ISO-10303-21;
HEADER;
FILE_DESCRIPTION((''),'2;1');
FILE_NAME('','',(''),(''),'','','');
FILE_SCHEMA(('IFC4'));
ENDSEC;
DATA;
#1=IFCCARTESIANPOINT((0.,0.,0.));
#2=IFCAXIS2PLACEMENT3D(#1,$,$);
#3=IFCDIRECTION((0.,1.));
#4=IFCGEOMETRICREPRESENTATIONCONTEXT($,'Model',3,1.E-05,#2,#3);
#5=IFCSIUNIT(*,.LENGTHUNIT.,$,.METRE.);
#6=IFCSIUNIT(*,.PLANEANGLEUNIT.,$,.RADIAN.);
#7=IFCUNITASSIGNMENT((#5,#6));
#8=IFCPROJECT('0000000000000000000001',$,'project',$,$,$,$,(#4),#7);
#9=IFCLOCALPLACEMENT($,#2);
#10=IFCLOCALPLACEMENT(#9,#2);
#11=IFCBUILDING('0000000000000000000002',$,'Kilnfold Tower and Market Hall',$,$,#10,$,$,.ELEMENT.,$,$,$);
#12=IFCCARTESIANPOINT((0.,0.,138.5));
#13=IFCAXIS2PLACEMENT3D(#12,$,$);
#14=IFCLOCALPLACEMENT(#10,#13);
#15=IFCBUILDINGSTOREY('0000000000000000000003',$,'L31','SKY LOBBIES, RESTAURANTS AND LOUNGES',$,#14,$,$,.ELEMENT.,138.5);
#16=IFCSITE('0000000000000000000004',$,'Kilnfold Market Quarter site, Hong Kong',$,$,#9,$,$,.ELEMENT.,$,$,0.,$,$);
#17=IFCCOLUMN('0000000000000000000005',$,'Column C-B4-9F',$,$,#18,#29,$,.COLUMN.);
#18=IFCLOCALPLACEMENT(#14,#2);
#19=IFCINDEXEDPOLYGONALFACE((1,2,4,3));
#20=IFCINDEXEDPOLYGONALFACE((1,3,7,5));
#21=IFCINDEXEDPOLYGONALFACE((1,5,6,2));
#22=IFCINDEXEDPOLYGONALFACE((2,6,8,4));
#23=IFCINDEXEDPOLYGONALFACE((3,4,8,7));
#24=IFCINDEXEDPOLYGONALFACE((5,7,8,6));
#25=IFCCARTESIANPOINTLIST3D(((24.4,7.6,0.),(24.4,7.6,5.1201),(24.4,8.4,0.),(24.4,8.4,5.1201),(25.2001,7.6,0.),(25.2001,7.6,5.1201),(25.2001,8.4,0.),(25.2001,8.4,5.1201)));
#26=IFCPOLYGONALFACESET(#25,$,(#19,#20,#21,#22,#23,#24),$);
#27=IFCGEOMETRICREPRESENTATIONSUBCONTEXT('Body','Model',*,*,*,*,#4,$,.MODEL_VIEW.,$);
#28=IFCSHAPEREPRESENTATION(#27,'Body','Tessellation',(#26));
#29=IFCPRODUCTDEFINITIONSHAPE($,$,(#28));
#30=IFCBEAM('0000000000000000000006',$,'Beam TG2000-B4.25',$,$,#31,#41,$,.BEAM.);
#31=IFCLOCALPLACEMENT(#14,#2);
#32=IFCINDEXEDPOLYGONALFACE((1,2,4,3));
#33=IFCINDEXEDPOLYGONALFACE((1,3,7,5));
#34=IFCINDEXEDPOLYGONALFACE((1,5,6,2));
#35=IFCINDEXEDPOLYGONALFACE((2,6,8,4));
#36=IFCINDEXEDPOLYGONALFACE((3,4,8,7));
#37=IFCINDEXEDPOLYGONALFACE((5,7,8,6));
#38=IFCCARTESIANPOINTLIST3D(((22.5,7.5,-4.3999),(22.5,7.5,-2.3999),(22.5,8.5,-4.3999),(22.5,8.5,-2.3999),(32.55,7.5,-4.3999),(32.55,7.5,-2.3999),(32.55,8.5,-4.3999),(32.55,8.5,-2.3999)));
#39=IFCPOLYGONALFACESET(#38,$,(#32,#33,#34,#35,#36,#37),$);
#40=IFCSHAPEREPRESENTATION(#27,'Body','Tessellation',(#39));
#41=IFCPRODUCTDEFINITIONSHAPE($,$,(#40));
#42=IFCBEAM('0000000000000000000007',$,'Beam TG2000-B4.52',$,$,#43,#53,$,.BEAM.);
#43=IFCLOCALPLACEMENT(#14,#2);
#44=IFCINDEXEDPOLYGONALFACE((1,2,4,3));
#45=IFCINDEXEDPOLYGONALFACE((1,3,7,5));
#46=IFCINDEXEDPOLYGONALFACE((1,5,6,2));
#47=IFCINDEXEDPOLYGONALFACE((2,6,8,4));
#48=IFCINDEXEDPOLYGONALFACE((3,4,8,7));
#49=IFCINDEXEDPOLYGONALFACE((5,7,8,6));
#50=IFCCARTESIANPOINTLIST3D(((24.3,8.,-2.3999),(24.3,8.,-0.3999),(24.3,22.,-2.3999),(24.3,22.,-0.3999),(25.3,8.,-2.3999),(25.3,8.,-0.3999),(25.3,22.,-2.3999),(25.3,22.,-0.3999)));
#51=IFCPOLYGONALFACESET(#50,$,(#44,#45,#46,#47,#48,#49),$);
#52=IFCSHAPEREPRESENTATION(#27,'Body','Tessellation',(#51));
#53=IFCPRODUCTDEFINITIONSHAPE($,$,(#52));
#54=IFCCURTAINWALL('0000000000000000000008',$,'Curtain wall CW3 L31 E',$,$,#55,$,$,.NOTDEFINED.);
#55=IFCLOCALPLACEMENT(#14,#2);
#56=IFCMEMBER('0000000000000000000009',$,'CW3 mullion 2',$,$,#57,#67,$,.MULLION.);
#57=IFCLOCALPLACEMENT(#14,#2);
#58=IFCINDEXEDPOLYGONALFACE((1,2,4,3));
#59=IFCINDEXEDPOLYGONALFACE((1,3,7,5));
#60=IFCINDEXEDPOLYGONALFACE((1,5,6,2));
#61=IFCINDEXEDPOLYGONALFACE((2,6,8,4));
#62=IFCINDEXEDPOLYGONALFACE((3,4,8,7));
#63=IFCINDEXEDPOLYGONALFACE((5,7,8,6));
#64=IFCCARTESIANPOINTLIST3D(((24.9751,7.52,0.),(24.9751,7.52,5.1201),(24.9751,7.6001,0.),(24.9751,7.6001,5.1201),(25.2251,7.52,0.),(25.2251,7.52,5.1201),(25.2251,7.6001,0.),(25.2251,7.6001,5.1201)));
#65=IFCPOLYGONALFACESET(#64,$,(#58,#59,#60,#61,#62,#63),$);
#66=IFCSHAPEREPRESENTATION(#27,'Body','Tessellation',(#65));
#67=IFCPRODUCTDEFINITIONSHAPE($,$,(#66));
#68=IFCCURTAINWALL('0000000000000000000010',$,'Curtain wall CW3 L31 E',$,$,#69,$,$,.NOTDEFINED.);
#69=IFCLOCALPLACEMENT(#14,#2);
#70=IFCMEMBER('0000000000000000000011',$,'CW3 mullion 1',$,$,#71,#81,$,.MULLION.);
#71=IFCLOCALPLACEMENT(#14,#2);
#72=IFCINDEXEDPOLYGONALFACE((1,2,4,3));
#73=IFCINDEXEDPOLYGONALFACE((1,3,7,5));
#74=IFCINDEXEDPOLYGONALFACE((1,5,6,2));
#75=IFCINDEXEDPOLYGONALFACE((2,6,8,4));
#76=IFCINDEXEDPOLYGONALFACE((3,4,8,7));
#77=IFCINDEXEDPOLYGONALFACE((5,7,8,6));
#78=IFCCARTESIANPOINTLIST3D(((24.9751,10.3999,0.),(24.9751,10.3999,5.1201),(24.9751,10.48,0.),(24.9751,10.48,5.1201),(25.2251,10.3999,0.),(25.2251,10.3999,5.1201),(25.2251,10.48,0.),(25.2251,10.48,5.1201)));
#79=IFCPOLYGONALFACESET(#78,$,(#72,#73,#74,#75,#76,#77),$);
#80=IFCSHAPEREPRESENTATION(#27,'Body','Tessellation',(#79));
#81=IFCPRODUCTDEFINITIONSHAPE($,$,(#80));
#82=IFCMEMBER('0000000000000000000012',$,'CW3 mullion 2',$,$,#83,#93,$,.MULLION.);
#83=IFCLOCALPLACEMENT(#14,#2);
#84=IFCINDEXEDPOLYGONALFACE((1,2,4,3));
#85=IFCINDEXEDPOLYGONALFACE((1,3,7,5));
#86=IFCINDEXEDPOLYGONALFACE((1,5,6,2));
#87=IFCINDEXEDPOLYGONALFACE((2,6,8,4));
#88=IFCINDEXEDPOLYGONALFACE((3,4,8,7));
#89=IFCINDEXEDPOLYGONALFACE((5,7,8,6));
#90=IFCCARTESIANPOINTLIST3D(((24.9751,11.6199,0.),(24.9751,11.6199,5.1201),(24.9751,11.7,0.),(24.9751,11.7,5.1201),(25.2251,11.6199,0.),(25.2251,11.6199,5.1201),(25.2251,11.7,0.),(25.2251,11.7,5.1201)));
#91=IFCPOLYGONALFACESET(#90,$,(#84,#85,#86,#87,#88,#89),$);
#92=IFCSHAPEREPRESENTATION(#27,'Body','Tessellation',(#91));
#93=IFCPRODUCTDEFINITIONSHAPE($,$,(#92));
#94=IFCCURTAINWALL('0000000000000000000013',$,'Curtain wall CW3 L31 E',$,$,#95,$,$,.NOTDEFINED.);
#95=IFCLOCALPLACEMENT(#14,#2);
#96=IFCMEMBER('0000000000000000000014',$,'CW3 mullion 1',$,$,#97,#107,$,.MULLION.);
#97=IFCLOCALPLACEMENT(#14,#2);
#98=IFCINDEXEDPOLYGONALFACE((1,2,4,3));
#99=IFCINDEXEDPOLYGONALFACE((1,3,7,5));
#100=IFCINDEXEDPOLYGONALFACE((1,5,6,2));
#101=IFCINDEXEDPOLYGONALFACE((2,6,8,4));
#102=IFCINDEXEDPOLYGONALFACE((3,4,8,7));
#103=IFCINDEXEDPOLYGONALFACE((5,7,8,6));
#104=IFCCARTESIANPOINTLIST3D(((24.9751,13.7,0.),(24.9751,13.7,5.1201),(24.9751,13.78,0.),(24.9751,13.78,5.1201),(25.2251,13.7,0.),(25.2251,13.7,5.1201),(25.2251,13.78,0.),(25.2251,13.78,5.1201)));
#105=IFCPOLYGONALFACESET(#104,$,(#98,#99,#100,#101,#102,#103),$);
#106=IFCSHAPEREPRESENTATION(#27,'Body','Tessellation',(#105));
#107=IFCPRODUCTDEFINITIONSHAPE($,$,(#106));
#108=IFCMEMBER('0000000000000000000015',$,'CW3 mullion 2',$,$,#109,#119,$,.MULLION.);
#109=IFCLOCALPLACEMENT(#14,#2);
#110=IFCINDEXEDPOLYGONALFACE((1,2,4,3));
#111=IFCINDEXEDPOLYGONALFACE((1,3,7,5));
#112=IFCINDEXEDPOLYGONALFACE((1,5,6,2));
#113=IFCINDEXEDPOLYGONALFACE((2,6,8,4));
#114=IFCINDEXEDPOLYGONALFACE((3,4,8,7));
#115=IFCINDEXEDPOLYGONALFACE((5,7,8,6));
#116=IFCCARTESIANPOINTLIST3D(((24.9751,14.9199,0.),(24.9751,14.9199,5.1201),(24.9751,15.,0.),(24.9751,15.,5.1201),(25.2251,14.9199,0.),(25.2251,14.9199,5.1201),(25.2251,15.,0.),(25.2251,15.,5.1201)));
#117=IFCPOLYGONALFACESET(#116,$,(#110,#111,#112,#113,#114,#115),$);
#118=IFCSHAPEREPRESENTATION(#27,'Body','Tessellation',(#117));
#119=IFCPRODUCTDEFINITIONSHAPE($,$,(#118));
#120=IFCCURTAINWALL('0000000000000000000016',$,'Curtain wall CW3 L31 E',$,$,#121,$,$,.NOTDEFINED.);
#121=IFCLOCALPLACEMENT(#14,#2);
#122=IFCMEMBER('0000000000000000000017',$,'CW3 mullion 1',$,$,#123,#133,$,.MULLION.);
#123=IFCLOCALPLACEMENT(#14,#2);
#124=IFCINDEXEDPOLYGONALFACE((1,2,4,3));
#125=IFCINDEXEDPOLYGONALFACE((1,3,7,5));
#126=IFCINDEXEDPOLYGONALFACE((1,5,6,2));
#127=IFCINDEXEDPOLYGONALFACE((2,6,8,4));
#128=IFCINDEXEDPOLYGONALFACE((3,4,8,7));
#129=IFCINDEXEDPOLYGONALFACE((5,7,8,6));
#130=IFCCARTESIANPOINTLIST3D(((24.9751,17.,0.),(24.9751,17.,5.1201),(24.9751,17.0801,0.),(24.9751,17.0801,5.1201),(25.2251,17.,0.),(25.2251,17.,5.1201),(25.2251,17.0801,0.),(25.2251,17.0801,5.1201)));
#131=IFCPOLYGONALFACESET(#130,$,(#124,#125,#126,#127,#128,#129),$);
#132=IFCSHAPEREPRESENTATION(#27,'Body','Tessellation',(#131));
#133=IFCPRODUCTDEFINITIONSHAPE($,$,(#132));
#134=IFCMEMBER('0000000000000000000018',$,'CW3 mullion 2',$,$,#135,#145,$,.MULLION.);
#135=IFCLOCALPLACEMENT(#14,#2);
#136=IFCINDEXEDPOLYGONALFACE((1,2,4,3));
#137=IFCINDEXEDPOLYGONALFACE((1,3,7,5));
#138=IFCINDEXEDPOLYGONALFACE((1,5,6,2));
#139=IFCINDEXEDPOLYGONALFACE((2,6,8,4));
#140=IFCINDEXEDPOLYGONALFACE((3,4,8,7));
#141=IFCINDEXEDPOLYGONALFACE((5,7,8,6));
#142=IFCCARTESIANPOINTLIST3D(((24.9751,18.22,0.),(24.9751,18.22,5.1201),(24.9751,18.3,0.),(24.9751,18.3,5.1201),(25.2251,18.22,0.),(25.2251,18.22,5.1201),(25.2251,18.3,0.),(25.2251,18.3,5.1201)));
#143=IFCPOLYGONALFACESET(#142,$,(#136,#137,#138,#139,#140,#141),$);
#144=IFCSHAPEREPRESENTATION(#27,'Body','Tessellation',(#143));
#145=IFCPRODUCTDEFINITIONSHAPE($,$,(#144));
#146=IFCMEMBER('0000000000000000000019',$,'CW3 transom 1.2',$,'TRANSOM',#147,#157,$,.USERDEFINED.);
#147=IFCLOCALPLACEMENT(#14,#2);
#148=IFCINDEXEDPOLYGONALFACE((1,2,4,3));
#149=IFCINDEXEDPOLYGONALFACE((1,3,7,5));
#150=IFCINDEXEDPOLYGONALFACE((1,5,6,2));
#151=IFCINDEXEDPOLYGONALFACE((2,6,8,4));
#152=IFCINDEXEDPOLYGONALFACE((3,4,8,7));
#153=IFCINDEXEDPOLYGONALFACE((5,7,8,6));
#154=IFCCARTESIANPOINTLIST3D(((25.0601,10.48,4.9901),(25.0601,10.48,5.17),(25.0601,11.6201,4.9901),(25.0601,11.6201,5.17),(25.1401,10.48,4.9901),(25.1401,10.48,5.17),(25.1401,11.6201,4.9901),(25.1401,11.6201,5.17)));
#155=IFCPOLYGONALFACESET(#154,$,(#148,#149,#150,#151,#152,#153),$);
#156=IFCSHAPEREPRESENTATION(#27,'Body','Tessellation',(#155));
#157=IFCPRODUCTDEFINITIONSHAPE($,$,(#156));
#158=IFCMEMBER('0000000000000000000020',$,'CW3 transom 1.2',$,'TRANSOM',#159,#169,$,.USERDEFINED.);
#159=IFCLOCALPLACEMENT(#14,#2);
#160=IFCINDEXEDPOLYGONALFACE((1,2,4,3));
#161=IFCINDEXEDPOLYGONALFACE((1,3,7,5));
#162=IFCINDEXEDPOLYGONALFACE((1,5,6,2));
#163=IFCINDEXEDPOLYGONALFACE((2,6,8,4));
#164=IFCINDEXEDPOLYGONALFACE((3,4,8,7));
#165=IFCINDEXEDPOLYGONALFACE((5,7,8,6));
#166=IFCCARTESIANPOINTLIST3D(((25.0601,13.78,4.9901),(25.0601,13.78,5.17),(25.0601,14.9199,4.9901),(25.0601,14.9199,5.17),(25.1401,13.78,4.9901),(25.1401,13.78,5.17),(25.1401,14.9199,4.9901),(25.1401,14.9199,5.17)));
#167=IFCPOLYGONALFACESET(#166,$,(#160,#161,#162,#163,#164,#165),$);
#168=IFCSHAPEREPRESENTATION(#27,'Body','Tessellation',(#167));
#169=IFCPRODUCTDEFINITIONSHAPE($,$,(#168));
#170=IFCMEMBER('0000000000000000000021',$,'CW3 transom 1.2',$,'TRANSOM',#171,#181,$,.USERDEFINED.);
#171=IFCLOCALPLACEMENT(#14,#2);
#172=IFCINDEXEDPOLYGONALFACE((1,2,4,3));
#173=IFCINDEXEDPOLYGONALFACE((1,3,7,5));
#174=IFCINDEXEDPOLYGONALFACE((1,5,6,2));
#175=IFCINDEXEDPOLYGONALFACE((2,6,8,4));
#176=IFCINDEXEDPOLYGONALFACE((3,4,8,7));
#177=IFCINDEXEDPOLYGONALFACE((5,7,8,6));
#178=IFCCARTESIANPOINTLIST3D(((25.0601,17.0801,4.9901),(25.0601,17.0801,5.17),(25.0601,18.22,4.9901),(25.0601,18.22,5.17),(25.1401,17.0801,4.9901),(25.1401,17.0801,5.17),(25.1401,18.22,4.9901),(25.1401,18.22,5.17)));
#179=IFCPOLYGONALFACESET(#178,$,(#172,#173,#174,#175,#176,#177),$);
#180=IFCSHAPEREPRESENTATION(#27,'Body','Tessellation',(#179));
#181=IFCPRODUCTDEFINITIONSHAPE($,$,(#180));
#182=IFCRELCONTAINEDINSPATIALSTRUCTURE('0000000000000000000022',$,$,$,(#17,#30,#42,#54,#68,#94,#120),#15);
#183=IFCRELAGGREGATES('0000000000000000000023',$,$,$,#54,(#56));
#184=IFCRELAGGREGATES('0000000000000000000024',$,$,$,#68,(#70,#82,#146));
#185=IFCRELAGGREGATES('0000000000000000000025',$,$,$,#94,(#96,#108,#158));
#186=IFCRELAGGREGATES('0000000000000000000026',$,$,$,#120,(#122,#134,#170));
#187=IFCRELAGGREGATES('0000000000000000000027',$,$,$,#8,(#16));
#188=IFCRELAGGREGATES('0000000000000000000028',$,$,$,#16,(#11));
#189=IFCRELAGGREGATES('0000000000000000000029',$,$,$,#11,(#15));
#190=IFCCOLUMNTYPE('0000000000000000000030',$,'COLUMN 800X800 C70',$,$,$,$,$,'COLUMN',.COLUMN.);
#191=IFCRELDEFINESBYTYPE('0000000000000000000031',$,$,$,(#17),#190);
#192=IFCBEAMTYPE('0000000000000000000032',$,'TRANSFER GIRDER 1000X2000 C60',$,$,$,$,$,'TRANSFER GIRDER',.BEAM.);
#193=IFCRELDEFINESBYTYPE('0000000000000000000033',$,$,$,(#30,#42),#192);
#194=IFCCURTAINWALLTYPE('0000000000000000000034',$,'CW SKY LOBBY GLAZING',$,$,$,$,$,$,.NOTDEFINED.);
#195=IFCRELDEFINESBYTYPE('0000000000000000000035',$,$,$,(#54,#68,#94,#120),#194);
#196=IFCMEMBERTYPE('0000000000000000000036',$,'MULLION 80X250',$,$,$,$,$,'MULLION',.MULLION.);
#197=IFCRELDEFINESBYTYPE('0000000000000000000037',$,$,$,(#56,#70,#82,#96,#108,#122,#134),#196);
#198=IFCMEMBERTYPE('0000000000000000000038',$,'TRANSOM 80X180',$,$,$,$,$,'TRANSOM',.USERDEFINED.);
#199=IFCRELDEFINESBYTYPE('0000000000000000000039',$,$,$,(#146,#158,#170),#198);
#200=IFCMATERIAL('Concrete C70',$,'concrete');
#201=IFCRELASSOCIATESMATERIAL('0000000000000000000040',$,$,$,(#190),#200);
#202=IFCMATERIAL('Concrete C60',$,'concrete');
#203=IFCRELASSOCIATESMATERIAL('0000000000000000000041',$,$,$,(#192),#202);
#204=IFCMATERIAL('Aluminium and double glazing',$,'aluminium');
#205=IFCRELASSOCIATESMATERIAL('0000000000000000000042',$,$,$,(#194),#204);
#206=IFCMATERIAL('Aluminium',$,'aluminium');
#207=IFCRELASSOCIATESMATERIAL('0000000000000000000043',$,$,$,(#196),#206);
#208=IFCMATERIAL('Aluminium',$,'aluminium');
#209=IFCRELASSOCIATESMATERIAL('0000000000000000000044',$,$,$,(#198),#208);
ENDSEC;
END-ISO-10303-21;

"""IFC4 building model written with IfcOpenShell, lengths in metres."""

from ifc_helpers import new_model, si_unit, direction, frame, origin, origin_2d, place, context, subcontext, project, spatial, rectangle, extrude, source, transform, mapped, material, material_profile, profile_set, type_object, element, aggregate, save


model = new_model("IFC4")

# Units and contexts
model_context = context("Model", 3, precision=1e-05, world=origin(), true_north=direction((0.0, 1.0)))
body_context = subcontext(model_context, "Body", "Model", "MODEL_VIEW")
ifc_project = project(units=[si_unit("LENGTHUNIT", "METRE"), si_unit("PLANEANGLEUNIT", "RADIAN")], contexts=[model_context])

# Site, building, storey
site_placement = place(None, origin())
site = spatial("IfcSite", under=ifc_project, at=site_placement, Name="Kilnfold Market Quarter site, Hong Kong", CompositionType="ELEMENT", RefElevation=0.0)
building_placement = place(site_placement, origin())
building = spatial("IfcBuilding", under=site, at=building_placement, Name="Kilnfold Tower and Market Hall", CompositionType="ELEMENT")
storey_placement = place(building_placement, frame((0.0, 0.0, 138.5)))
storey = spatial("IfcBuildingStorey", under=building, at=storey_placement, Name="L31", Description="SKY LOBBIES, RESTAURANTS AND LOUNGES", CompositionType="ELEMENT", Elevation=138.5)

# Column
ifc_material_1 = material(Name="Concrete C70", Category="concrete")
ifc_material_profile_1 = material_profile(ifc_material_1, rectangle(XDim=0.8, YDim=0.8, at=origin_2d()), Name="RC 800x800")
ifc_profile_set_1 = profile_set([ifc_material_profile_1], Name="Concrete C70")
column_type = type_object("IfcColumnType", Name="COLUMN 800X800 C70", ElementType="COLUMN", PredefinedType="COLUMN", material=ifc_profile_set_1)
shared_shape_1 = source(origin(), body_context, "Body", "SweptSolid", [
    extrude(rectangle(XDim=0.8, YDim=0.8, at=origin_2d()), origin(), (0.0, 0.0, 1.0), 5.1201),
])
column_placement = place(storey_placement, frame((24.8, 8.0, 0.0), z_axis=(0.0, 0.0, 1.0), x_axis=(1.0, 0.0, 0.0)))
element("IfcColumn", 1, at=column_placement, inside=storey, type_object=column_type, Name="Column C-B4-9F", PredefinedType="COLUMN", context=body_context, shape_type="MappedRepresentation", body=[
    mapped(shared_shape_1, transform((0.0, 0.0, 0.0))),
])

# Beams
ifc_material_2 = material(Name="Concrete C60", Category="concrete")
ifc_material_profile_2 = material_profile(ifc_material_2, rectangle(XDim=1.0, YDim=2.0, at=origin_2d()), Name="RC 1000x2000")
ifc_profile_set_2 = profile_set([ifc_material_profile_2], Name="Concrete C60")
beam_type = type_object("IfcBeamType", Name="TRANSFER GIRDER 1000X2000 C60", ElementType="TRANSFER GIRDER", PredefinedType="BEAM", material=ifc_profile_set_2)
shared_shape_2 = source(origin(), body_context, "Body", "SweptSolid", [
    extrude(rectangle(XDim=1.0, YDim=2.0, at=origin_2d()), origin(), (0.0, 0.0, 1.0), 10.05),
])
beam_1_placement = place(storey_placement, frame((22.5, 8.0, -3.3999), z_axis=(1.0, 0.0, 0.0), x_axis=(0.0, 1.0, 0.0)))
element("IfcBeam", 2, at=beam_1_placement, inside=storey, type_object=beam_type, Name="Beam TG2000-B4.25", PredefinedType="BEAM", context=body_context, shape_type="MappedRepresentation", body=[
    mapped(shared_shape_2, transform((0.0, 0.0, 0.0))),
])
shared_shape_3 = source(origin(), body_context, "Body", "SweptSolid", [
    extrude(rectangle(XDim=1.0, YDim=2.0, at=origin_2d()), origin(), (0.0, 0.0, 1.0), 14.0),
])
beam_2_placement = place(storey_placement, frame((24.8, 8.0, -1.3999), z_axis=(0.0, 1.0, 0.0), x_axis=(-1.0, 0.0, 0.0)))
element("IfcBeam", 3, at=beam_2_placement, inside=storey, type_object=beam_type, Name="Beam TG2000-B4.52", PredefinedType="BEAM", context=body_context, shape_type="MappedRepresentation", body=[
    mapped(shared_shape_3, transform((0.0, 0.0, 0.0))),
])

# Curtain wall, member
ifc_material_3 = material(Name="Aluminium and double glazing", Category="aluminium")
curtain_wall_type = type_object("IfcCurtainWallType", Name="CW SKY LOBBY GLAZING", PredefinedType="NOTDEFINED", material=ifc_material_3)
curtain_wall_1_placement = place(storey_placement, origin())
curtain_wall_1 = element("IfcCurtainWall", 4, at=curtain_wall_1_placement, inside=storey, type_object=curtain_wall_type, Name="Curtain wall CW3 L31 E", PredefinedType="NOTDEFINED")
ifc_material_4 = material(Name="Aluminium", Category="aluminium")
ifc_material_profile_3 = material_profile(ifc_material_4, rectangle(XDim=0.0801, YDim=0.25, at=origin_2d()), Name="MULLION 80x250")
ifc_profile_set_3 = profile_set([ifc_material_profile_3], Name="Aluminium")
member_type_1 = type_object("IfcMemberType", Name="MULLION 80X250", ElementType="MULLION", PredefinedType="MULLION", material=ifc_profile_set_3)
shared_shape_4 = source(origin(), body_context, "Body", "SweptSolid", [
    extrude(rectangle(XDim=0.0801, YDim=0.25, at=origin_2d()), origin(), (0.0, 0.0, 1.0), 5.1201),
])
member_1_placement = place(storey_placement, frame((25.1001, 7.5601, 0.0), z_axis=(0.0, 0.0, 1.0), x_axis=(0.0, 1.0, 0.0)))
member_1 = element("IfcMember", 5, at=member_1_placement, type_object=member_type_1, Name="CW3 mullion 2", PredefinedType="MULLION", context=body_context, shape_type="MappedRepresentation", body=[
    mapped(shared_shape_4, transform((0.0, 0.0, 0.0))),
])

# Curtain walls, members
curtain_wall_2_placement = place(storey_placement, origin())
curtain_wall_2 = element("IfcCurtainWall", 6, at=curtain_wall_2_placement, inside=storey, type_object=curtain_wall_type, Name="Curtain wall CW3 L31 E", PredefinedType="NOTDEFINED")
member_2_placement = place(storey_placement, frame((25.1001, 10.4399, 0.0), z_axis=(0.0, 0.0, 1.0), x_axis=(0.0, 1.0, 0.0)))
member_2 = element("IfcMember", 7, at=member_2_placement, type_object=member_type_1, Name="CW3 mullion 1", PredefinedType="MULLION", context=body_context, shape_type="MappedRepresentation", body=[
    mapped(shared_shape_4, transform((0.0, 0.0, 0.0))),
])
member_3_placement = place(storey_placement, frame((25.1001, 11.6599, 0.0), z_axis=(0.0, 0.0, 1.0), x_axis=(0.0, 1.0, 0.0)))
member_3 = element("IfcMember", 8, at=member_3_placement, type_object=member_type_1, Name="CW3 mullion 2", PredefinedType="MULLION", context=body_context, shape_type="MappedRepresentation", body=[
    mapped(shared_shape_4, transform((0.0, 0.0, 0.0))),
])
curtain_wall_3_placement = place(storey_placement, origin())
curtain_wall_3 = element("IfcCurtainWall", 9, at=curtain_wall_3_placement, inside=storey, type_object=curtain_wall_type, Name="Curtain wall CW3 L31 E", PredefinedType="NOTDEFINED")
member_4_placement = place(storey_placement, frame((25.1001, 13.74, 0.0), z_axis=(0.0, 0.0, 1.0), x_axis=(0.0, 1.0, 0.0)))
member_4 = element("IfcMember", 10, at=member_4_placement, type_object=member_type_1, Name="CW3 mullion 1", PredefinedType="MULLION", context=body_context, shape_type="MappedRepresentation", body=[
    mapped(shared_shape_4, transform((0.0, 0.0, 0.0))),
])
member_5_placement = place(storey_placement, frame((25.1001, 14.96, 0.0), z_axis=(0.0, 0.0, 1.0), x_axis=(0.0, 1.0, 0.0)))
member_5 = element("IfcMember", 11, at=member_5_placement, type_object=member_type_1, Name="CW3 mullion 2", PredefinedType="MULLION", context=body_context, shape_type="MappedRepresentation", body=[
    mapped(shared_shape_4, transform((0.0, 0.0, 0.0))),
])
curtain_wall_4_placement = place(storey_placement, origin())
curtain_wall_4 = element("IfcCurtainWall", 12, at=curtain_wall_4_placement, inside=storey, type_object=curtain_wall_type, Name="Curtain wall CW3 L31 E", PredefinedType="NOTDEFINED")
member_6_placement = place(storey_placement, frame((25.1001, 17.04, 0.0), z_axis=(0.0, 0.0, 1.0), x_axis=(0.0, 1.0, 0.0)))
member_6 = element("IfcMember", 13, at=member_6_placement, type_object=member_type_1, Name="CW3 mullion 1", PredefinedType="MULLION", context=body_context, shape_type="MappedRepresentation", body=[
    mapped(shared_shape_4, transform((0.0, 0.0, 0.0))),
])
member_7_placement = place(storey_placement, frame((25.1001, 18.26, 0.0), z_axis=(0.0, 0.0, 1.0), x_axis=(0.0, 1.0, 0.0)))
member_7 = element("IfcMember", 14, at=member_7_placement, type_object=member_type_1, Name="CW3 mullion 2", PredefinedType="MULLION", context=body_context, shape_type="MappedRepresentation", body=[
    mapped(shared_shape_4, transform((0.0, 0.0, 0.0))),
])

# Members
ifc_material_5 = material(Name="Aluminium", Category="aluminium")
ifc_material_profile_4 = material_profile(ifc_material_5, rectangle(XDim=0.0801, YDim=0.1799, at=origin_2d()), Name="TRANSOM 80x180")
ifc_profile_set_4 = profile_set([ifc_material_profile_4], Name="Aluminium")
member_type_2 = type_object("IfcMemberType", Name="TRANSOM 80X180", ElementType="TRANSOM", PredefinedType="USERDEFINED", material=ifc_profile_set_4)
shared_shape_5 = source(origin(), body_context, "Body", "SweptSolid", [
    extrude(rectangle(XDim=0.0801, YDim=0.1799, at=origin_2d()), origin(), (0.0, 0.0, 1.0), 1.1401),
])
member_8_placement = place(storey_placement, frame((25.1001, 10.48, 5.0801), z_axis=(0.0, 1.0, 0.0), x_axis=(-1.0, 0.0, 0.0)))
member_8 = element("IfcMember", 15, at=member_8_placement, type_object=member_type_2, Name="CW3 transom 1.2", ObjectType="TRANSOM", PredefinedType="USERDEFINED", context=body_context, shape_type="MappedRepresentation", body=[
    mapped(shared_shape_5, transform((0.0, 0.0, 0.0))),
])
shared_shape_6 = source(origin(), body_context, "Body", "SweptSolid", [
    extrude(rectangle(XDim=0.0801, YDim=0.1799, at=origin_2d()), origin(), (0.0, 0.0, 1.0), 1.1399),
])
member_9_placement = place(storey_placement, frame((25.1001, 13.78, 5.0801), z_axis=(0.0, 1.0, 0.0), x_axis=(-1.0, 0.0, 0.0)))
member_9 = element("IfcMember", 16, at=member_9_placement, type_object=member_type_2, Name="CW3 transom 1.2", ObjectType="TRANSOM", PredefinedType="USERDEFINED", context=body_context, shape_type="MappedRepresentation", body=[
    mapped(shared_shape_6, transform((0.0, 0.0, 0.0))),
])
member_10_placement = place(storey_placement, frame((25.1001, 17.0801, 5.0801), z_axis=(0.0, 1.0, 0.0), x_axis=(-1.0, 0.0, 0.0)))
member_10 = element("IfcMember", 17, at=member_10_placement, type_object=member_type_2, Name="CW3 transom 1.2", ObjectType="TRANSOM", PredefinedType="USERDEFINED", context=body_context, shape_type="MappedRepresentation", body=[
    mapped(shared_shape_6, transform((0.0, 0.0, 0.0))),
])

aggregate(curtain_wall_1, [member_1])
aggregate(curtain_wall_2, [member_2, member_3, member_8])
aggregate(curtain_wall_3, [member_4, member_5, member_9])
aggregate(curtain_wall_4, [member_6, member_7, member_10])

save(model, "model.ifc")
